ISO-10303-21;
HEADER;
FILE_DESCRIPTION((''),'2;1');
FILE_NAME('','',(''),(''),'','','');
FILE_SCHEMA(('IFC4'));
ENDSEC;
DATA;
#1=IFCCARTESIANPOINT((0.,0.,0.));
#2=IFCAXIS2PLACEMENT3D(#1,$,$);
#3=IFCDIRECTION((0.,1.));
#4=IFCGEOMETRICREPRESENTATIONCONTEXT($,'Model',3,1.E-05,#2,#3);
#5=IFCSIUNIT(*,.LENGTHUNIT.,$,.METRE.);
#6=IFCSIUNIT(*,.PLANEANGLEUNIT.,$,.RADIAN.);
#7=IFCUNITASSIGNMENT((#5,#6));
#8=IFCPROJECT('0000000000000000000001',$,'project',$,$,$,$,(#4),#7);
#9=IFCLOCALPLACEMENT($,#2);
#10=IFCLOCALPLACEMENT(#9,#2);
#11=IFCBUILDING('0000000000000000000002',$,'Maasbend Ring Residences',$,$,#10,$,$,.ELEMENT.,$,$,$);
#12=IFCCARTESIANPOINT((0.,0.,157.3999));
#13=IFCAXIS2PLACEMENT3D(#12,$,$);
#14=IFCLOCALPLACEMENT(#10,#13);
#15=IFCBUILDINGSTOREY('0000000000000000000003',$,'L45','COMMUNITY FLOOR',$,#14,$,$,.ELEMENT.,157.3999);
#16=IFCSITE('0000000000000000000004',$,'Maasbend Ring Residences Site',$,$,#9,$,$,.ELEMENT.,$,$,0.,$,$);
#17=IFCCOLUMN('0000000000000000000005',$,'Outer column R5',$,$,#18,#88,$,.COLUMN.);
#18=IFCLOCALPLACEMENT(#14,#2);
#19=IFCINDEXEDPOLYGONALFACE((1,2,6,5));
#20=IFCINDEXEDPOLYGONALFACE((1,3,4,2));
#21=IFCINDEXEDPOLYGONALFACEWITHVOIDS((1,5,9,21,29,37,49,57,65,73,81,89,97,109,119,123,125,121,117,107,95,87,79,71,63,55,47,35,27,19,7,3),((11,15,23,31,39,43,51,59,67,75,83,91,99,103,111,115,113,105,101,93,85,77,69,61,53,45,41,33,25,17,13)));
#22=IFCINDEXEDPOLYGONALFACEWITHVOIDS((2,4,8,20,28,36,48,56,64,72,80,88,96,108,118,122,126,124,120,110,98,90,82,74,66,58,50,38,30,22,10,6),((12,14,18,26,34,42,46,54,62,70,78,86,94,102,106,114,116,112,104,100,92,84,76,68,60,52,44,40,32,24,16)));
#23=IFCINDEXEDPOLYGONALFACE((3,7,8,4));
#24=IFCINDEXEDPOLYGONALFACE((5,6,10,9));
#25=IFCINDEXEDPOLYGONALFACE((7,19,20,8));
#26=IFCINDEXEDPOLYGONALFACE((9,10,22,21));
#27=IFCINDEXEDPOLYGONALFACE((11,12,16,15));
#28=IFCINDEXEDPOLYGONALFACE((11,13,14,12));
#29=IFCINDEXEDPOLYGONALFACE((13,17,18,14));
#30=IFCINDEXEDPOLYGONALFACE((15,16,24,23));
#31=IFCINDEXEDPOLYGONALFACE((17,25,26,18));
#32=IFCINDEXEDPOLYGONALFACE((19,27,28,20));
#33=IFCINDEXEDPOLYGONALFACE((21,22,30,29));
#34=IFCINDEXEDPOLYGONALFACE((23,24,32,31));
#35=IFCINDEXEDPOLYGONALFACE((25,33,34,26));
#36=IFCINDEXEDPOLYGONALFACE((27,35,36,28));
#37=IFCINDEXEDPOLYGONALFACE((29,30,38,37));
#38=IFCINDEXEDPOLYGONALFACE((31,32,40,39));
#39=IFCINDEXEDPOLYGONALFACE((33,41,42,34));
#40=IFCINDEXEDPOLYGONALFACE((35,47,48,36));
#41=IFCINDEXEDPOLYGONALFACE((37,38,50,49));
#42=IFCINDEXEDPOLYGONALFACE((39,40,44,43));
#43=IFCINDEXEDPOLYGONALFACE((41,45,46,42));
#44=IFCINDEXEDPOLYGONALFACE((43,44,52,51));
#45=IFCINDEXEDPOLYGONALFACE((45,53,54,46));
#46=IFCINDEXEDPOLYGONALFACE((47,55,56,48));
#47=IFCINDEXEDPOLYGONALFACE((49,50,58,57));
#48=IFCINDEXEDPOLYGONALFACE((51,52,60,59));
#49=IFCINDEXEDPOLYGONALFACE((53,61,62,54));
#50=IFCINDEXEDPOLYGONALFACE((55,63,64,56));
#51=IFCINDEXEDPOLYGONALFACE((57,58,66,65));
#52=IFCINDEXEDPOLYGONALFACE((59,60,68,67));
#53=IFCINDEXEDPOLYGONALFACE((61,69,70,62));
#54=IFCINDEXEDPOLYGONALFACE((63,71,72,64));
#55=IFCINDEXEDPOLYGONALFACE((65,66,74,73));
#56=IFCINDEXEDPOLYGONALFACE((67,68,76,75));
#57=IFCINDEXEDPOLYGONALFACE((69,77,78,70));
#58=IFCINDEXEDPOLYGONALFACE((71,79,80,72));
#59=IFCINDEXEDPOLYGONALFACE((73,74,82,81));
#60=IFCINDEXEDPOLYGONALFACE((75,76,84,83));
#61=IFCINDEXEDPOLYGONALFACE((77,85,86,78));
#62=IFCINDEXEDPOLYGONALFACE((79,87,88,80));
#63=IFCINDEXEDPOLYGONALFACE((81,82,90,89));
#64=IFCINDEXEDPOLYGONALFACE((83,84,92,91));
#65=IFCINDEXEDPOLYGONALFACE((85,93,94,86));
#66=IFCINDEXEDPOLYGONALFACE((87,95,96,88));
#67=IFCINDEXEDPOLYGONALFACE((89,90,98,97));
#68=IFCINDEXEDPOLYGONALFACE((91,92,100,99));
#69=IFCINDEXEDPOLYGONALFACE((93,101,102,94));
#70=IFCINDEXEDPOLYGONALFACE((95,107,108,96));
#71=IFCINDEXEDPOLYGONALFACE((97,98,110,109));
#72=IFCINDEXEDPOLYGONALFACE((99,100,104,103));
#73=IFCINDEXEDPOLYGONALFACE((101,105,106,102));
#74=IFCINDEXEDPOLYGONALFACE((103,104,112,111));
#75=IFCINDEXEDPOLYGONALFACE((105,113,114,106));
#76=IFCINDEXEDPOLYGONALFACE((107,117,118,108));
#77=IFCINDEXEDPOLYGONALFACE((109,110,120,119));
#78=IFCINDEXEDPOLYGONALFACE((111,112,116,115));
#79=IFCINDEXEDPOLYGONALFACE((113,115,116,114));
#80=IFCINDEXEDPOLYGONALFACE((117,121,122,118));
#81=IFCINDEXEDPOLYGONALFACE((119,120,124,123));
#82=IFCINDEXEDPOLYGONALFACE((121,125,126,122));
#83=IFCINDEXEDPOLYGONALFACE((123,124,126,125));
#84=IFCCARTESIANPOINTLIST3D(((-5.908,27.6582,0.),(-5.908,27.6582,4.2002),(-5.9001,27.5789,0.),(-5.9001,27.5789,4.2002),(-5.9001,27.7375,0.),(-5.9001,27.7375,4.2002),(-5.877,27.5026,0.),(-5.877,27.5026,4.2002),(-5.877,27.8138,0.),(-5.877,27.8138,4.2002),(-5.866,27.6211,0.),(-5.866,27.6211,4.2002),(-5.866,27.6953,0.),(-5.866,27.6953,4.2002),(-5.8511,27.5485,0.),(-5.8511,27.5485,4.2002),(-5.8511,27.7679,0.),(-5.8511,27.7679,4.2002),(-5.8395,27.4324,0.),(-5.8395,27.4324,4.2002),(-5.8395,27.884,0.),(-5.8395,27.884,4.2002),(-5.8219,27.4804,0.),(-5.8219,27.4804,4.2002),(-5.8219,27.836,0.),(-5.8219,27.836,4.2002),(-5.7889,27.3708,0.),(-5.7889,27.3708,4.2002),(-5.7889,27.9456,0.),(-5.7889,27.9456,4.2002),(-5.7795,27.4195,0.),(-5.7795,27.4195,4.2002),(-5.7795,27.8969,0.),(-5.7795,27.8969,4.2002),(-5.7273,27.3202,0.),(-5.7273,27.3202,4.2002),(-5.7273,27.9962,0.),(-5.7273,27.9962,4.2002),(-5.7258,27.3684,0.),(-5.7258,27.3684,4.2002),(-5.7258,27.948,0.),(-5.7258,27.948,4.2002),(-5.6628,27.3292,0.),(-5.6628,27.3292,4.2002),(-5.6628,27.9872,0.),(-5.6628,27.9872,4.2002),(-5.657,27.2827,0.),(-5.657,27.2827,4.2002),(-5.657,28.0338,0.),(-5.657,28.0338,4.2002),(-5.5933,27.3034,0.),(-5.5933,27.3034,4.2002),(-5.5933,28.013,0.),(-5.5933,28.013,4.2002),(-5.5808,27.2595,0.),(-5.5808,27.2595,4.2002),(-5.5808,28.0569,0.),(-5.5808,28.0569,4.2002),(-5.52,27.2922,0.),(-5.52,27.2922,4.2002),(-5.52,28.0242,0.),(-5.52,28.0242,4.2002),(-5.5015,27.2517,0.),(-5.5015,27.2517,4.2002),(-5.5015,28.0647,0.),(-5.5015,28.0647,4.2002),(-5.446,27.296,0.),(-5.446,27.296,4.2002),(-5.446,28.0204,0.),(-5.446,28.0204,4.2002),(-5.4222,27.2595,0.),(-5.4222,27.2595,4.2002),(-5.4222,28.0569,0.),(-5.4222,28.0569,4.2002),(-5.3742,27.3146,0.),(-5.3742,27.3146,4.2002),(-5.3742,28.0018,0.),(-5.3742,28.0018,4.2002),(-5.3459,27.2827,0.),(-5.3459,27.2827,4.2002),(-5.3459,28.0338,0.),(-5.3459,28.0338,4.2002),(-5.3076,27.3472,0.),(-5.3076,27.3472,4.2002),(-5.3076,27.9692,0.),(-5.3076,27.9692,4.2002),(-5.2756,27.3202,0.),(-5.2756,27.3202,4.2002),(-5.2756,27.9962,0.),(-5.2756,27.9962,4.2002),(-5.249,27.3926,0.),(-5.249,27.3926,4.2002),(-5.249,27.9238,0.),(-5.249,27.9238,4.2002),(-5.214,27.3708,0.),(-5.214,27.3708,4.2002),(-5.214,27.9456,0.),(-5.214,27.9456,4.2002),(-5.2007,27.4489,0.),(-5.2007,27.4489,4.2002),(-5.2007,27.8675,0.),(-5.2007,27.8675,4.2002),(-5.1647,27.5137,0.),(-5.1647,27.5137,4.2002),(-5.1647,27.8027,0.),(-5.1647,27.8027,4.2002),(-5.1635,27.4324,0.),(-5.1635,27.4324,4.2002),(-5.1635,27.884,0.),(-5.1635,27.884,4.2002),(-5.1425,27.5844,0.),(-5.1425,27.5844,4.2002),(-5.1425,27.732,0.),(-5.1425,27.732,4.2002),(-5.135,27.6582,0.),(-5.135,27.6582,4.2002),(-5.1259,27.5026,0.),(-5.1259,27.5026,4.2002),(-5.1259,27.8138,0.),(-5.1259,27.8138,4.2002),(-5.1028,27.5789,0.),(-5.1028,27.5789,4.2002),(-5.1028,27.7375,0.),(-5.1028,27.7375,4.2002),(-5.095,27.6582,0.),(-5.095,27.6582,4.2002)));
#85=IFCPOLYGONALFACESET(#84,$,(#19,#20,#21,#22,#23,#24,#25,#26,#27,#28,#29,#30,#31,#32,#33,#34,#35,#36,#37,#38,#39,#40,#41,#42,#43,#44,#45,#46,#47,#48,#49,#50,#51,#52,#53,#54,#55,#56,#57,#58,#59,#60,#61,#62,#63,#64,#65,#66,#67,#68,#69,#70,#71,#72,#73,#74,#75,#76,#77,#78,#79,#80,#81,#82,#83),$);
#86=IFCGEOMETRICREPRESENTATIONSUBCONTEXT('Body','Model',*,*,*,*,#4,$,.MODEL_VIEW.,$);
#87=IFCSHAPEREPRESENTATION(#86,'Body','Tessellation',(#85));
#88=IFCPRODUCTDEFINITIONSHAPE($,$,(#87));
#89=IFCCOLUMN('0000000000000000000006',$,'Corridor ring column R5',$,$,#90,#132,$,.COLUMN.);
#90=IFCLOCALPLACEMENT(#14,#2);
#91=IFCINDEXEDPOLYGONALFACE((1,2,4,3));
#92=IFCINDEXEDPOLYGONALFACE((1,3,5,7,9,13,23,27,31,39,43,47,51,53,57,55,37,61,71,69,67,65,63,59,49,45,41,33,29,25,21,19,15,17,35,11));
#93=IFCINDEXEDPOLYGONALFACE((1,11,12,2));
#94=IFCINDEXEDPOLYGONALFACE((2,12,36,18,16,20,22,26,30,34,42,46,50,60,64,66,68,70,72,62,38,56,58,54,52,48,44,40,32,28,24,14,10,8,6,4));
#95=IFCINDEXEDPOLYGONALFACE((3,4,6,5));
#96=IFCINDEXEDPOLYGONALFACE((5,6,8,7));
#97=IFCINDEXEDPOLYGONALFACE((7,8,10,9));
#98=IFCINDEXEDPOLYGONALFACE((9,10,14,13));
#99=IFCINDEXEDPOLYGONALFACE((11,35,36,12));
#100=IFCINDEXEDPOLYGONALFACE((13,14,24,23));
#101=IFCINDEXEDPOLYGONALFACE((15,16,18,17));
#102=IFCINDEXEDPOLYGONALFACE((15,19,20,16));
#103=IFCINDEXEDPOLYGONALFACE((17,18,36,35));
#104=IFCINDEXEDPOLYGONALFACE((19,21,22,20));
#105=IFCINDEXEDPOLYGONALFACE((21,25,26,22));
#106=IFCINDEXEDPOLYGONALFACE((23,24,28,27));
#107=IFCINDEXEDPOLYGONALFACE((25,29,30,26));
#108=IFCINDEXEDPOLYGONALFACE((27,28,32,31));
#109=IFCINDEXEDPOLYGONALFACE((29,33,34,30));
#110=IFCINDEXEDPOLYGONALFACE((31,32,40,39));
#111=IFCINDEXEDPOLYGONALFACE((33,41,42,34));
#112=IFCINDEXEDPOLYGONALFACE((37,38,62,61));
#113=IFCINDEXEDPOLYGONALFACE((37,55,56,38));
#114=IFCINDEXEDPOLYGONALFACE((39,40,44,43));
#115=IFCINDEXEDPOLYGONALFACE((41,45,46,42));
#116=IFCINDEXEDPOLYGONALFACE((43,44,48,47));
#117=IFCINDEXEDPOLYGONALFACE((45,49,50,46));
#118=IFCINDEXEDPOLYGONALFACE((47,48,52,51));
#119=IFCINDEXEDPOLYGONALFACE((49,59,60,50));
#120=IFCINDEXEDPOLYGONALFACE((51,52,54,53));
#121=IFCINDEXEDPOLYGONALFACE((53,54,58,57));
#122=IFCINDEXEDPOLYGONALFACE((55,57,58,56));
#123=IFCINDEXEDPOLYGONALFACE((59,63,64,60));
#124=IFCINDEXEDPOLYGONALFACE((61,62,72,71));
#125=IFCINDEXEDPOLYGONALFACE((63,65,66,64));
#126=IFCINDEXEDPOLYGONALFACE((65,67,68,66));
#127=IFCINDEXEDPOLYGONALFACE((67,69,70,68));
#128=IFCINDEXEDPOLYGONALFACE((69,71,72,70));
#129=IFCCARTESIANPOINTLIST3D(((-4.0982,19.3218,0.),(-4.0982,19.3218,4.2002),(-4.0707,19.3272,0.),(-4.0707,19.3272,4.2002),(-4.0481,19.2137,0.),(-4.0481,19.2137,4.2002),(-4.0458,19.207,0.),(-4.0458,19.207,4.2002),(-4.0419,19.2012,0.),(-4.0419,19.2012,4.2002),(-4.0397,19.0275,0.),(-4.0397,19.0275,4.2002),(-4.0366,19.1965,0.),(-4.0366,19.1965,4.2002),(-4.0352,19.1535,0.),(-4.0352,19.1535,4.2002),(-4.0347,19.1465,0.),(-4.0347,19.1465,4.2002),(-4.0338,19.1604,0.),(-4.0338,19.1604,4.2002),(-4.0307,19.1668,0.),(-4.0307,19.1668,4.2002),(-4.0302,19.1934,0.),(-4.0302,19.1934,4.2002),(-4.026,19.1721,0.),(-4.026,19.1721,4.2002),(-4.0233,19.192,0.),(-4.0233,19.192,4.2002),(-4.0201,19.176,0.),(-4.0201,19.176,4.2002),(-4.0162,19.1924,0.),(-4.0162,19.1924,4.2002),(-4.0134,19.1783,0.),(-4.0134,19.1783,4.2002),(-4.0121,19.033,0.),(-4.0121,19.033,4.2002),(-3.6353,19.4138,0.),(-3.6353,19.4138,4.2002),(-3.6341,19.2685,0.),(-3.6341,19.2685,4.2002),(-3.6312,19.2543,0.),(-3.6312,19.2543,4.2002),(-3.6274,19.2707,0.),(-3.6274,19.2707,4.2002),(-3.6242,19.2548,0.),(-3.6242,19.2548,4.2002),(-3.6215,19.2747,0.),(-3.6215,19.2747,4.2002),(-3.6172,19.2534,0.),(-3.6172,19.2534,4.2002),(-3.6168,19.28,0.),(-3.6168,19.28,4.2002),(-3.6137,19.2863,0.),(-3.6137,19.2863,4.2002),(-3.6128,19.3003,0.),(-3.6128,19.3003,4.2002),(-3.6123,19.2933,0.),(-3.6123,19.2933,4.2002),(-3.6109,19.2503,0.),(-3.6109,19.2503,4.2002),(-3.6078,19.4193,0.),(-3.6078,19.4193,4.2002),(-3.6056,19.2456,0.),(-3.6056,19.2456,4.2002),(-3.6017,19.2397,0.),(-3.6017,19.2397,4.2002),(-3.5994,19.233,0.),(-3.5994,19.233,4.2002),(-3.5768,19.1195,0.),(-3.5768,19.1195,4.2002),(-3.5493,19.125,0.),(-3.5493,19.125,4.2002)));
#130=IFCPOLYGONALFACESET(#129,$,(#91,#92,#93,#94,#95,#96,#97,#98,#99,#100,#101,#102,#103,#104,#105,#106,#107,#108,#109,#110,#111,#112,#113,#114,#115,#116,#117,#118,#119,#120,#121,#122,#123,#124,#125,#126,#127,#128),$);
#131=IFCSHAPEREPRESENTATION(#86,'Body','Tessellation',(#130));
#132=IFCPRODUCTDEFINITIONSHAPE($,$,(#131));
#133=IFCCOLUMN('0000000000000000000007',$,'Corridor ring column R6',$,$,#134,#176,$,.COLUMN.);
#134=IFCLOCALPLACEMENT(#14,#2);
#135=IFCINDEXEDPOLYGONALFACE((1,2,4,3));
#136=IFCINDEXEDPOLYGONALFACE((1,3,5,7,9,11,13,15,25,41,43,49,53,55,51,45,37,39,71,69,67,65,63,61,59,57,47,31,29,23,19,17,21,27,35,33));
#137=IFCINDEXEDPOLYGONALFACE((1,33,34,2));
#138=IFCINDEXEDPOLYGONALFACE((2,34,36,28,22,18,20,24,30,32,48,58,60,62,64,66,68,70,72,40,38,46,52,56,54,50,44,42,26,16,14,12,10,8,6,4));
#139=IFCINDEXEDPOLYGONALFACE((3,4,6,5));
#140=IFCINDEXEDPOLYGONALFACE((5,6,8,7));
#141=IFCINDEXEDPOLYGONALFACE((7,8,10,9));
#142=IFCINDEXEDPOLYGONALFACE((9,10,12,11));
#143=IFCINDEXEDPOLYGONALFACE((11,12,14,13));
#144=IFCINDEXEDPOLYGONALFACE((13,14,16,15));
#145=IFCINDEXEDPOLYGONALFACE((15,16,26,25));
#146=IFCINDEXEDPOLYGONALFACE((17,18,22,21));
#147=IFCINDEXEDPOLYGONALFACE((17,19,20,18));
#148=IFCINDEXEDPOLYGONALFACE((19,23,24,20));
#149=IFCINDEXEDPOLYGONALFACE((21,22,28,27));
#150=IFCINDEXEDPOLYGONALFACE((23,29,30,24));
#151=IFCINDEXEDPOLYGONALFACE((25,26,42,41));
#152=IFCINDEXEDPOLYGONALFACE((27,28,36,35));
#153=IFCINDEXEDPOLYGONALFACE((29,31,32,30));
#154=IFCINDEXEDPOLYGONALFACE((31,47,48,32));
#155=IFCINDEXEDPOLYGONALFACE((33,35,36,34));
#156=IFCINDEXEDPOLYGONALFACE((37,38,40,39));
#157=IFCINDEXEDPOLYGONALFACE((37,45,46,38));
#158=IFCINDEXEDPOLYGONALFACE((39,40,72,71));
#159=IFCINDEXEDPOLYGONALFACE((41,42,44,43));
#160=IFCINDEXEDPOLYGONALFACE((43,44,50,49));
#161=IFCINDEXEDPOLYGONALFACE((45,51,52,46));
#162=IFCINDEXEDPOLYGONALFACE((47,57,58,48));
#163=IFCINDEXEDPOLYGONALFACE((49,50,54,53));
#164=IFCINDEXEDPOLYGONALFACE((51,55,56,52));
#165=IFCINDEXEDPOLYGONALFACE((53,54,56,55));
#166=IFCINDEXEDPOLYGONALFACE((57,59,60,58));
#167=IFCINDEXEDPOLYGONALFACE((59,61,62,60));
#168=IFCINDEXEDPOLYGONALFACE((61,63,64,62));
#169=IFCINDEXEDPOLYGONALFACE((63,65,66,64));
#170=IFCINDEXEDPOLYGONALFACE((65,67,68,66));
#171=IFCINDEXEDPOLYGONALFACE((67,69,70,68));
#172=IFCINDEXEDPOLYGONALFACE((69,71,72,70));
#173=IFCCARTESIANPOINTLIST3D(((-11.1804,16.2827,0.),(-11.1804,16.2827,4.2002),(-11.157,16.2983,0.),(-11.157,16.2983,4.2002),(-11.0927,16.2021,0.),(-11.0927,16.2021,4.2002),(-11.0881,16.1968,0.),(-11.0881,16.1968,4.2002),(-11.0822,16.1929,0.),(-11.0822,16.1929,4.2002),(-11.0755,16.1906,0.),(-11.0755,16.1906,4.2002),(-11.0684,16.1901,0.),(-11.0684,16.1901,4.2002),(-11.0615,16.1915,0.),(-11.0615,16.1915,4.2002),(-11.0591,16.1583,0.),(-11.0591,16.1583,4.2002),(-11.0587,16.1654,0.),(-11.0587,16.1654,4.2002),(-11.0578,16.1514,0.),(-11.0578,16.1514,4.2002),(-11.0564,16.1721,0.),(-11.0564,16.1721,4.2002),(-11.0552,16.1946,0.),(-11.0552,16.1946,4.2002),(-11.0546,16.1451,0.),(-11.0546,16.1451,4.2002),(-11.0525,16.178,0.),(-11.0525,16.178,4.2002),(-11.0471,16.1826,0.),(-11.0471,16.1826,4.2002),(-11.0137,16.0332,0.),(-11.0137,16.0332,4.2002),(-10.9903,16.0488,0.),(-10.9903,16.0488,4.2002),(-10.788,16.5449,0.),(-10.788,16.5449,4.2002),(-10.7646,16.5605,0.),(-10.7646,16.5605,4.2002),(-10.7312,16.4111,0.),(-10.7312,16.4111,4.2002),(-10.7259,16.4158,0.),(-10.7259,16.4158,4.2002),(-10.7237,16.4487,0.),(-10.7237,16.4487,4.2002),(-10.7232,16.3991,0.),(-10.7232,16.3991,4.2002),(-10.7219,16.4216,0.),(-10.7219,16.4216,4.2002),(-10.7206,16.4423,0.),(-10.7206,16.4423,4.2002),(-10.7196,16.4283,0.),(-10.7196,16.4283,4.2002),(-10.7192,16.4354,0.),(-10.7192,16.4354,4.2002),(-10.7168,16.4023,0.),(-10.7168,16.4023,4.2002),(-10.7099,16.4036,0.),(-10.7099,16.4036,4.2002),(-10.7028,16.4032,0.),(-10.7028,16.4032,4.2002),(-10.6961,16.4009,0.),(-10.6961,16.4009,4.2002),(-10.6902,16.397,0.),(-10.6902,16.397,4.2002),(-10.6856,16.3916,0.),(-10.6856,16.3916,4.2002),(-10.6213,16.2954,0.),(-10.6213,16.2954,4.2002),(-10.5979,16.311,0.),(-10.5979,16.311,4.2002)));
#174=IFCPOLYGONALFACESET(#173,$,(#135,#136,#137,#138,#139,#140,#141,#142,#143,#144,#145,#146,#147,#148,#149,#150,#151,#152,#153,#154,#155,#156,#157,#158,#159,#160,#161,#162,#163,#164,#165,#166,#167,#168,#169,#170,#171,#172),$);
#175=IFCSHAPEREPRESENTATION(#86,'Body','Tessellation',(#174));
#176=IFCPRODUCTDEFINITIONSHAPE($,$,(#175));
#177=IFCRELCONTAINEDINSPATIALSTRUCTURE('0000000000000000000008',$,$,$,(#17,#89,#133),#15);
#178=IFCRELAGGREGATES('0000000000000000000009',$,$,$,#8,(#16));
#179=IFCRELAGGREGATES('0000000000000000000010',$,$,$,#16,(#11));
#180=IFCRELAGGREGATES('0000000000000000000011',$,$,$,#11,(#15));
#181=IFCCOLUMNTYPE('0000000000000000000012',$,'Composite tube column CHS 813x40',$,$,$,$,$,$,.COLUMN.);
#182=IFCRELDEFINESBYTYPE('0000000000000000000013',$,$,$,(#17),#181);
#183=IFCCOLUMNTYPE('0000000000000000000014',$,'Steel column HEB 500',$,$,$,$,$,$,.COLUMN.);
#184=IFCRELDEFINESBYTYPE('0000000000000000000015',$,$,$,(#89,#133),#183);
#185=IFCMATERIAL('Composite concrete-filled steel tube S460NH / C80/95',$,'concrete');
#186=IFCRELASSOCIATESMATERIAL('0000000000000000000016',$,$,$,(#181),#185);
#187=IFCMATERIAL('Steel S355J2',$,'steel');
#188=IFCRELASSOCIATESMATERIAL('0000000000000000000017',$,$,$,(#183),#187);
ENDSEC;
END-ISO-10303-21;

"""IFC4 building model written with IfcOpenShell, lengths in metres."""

from ifc_helpers import new_model, si_unit, direction, frame, origin, origin_2d, place, context, subcontext, project, spatial, hollow_circle, i_section, extrude, material, material_profile, profile_set, type_object, element, save


model = new_model("IFC4")

# Units and contexts
model_context = context("Model", 3, precision=1e-05, world=origin(), true_north=direction((0.0, 1.0)))
body_context = subcontext(model_context, "Body", "Model", "MODEL_VIEW")
ifc_project = project(units=[si_unit("LENGTHUNIT", "METRE"), si_unit("PLANEANGLEUNIT", "RADIAN")], contexts=[model_context])

# Site, building, storey
site_placement = place(None, origin())
site = spatial("IfcSite", under=ifc_project, at=site_placement, Name="Maasbend Ring Residences Site", CompositionType="ELEMENT", RefElevation=0.0)
building_placement = place(site_placement, origin())
building = spatial("IfcBuilding", under=site, at=building_placement, Name="Maasbend Ring Residences", CompositionType="ELEMENT")
storey_placement = place(building_placement, frame((0.0, 0.0, 157.3999)))
storey = spatial("IfcBuildingStorey", under=building, at=storey_placement, Name="L45", Description="COMMUNITY FLOOR", CompositionType="ELEMENT", Elevation=157.3999)

# Columns
ifc_material_1 = material(Name="Composite concrete-filled steel tube S460NH / C80/95", Category="concrete")
ifc_material_profile_1 = material_profile(ifc_material_1, hollow_circle(Radius=0.4065, WallThickness=0.04, at=origin_2d()), Name="Composite tube column CHS 813x40")
ifc_profile_set_1 = profile_set([ifc_material_profile_1], Name="Composite concrete-filled steel tube S460NH / C80/95")
column_type_1 = type_object("IfcColumnType", Name="Composite tube column CHS 813x40", PredefinedType="COLUMN", material=ifc_profile_set_1)
column_placement = place(storey_placement, frame((-5.5015, 27.6582, 0.0), z_axis=(0.0, 0.0, 1.0), x_axis=(1.0, 0.0, 0.0)))
element("IfcColumn", 1, at=column_placement, inside=storey, type_object=column_type_1, Name="Outer column R5", PredefinedType="COLUMN", context=body_context, shape_type="SweptSolid", body=[
    extrude(hollow_circle(Radius=0.4065, WallThickness=0.04, at=origin_2d()), origin(), (0.0, 0.0, 1.0), 4.2002),
])
ifc_material_2 = material(Name="Steel S355J2", Category="steel")
ifc_material_profile_2 = material_profile(ifc_material_2, i_section(OverallWidth=0.3, OverallDepth=0.5, WebThickness=0.0144, FlangeThickness=0.0281, FilletRadius=0.0271, at=origin_2d()), Name="HEB 500")
ifc_profile_set_2 = profile_set([ifc_material_profile_2], Name="Steel S355J2")
column_type_2 = type_object("IfcColumnType", Name="Steel column HEB 500", PredefinedType="COLUMN", material=ifc_profile_set_2)
for number, where, z_axis, x_axis, name in (
    (2, (-3.8237, 19.2234, 0.0), (0.0, 0.0, 1.0), (-0.19509, 0.980785, 0.0), "Corridor ring column R5"),
    (3, (-10.8892, 16.2969, 0.0), (0.0, 0.0, 1.0), (-0.55557, 0.83147, 0.0), "Corridor ring column R6"),
):
    element("IfcColumn", number, at=place(storey_placement, frame(where, z_axis=z_axis, x_axis=x_axis)), inside=storey, type_object=column_type_2, Name=name, PredefinedType="COLUMN", context=body_context, shape_type="SweptSolid", body=[
        extrude(i_section(OverallWidth=0.3, OverallDepth=0.5, WebThickness=0.0144, FlangeThickness=0.0281, FilletRadius=0.0271, at=origin_2d()), origin(), (0.0, 0.0, 1.0), 4.2002),
    ])

save(model, "model.ifc")
